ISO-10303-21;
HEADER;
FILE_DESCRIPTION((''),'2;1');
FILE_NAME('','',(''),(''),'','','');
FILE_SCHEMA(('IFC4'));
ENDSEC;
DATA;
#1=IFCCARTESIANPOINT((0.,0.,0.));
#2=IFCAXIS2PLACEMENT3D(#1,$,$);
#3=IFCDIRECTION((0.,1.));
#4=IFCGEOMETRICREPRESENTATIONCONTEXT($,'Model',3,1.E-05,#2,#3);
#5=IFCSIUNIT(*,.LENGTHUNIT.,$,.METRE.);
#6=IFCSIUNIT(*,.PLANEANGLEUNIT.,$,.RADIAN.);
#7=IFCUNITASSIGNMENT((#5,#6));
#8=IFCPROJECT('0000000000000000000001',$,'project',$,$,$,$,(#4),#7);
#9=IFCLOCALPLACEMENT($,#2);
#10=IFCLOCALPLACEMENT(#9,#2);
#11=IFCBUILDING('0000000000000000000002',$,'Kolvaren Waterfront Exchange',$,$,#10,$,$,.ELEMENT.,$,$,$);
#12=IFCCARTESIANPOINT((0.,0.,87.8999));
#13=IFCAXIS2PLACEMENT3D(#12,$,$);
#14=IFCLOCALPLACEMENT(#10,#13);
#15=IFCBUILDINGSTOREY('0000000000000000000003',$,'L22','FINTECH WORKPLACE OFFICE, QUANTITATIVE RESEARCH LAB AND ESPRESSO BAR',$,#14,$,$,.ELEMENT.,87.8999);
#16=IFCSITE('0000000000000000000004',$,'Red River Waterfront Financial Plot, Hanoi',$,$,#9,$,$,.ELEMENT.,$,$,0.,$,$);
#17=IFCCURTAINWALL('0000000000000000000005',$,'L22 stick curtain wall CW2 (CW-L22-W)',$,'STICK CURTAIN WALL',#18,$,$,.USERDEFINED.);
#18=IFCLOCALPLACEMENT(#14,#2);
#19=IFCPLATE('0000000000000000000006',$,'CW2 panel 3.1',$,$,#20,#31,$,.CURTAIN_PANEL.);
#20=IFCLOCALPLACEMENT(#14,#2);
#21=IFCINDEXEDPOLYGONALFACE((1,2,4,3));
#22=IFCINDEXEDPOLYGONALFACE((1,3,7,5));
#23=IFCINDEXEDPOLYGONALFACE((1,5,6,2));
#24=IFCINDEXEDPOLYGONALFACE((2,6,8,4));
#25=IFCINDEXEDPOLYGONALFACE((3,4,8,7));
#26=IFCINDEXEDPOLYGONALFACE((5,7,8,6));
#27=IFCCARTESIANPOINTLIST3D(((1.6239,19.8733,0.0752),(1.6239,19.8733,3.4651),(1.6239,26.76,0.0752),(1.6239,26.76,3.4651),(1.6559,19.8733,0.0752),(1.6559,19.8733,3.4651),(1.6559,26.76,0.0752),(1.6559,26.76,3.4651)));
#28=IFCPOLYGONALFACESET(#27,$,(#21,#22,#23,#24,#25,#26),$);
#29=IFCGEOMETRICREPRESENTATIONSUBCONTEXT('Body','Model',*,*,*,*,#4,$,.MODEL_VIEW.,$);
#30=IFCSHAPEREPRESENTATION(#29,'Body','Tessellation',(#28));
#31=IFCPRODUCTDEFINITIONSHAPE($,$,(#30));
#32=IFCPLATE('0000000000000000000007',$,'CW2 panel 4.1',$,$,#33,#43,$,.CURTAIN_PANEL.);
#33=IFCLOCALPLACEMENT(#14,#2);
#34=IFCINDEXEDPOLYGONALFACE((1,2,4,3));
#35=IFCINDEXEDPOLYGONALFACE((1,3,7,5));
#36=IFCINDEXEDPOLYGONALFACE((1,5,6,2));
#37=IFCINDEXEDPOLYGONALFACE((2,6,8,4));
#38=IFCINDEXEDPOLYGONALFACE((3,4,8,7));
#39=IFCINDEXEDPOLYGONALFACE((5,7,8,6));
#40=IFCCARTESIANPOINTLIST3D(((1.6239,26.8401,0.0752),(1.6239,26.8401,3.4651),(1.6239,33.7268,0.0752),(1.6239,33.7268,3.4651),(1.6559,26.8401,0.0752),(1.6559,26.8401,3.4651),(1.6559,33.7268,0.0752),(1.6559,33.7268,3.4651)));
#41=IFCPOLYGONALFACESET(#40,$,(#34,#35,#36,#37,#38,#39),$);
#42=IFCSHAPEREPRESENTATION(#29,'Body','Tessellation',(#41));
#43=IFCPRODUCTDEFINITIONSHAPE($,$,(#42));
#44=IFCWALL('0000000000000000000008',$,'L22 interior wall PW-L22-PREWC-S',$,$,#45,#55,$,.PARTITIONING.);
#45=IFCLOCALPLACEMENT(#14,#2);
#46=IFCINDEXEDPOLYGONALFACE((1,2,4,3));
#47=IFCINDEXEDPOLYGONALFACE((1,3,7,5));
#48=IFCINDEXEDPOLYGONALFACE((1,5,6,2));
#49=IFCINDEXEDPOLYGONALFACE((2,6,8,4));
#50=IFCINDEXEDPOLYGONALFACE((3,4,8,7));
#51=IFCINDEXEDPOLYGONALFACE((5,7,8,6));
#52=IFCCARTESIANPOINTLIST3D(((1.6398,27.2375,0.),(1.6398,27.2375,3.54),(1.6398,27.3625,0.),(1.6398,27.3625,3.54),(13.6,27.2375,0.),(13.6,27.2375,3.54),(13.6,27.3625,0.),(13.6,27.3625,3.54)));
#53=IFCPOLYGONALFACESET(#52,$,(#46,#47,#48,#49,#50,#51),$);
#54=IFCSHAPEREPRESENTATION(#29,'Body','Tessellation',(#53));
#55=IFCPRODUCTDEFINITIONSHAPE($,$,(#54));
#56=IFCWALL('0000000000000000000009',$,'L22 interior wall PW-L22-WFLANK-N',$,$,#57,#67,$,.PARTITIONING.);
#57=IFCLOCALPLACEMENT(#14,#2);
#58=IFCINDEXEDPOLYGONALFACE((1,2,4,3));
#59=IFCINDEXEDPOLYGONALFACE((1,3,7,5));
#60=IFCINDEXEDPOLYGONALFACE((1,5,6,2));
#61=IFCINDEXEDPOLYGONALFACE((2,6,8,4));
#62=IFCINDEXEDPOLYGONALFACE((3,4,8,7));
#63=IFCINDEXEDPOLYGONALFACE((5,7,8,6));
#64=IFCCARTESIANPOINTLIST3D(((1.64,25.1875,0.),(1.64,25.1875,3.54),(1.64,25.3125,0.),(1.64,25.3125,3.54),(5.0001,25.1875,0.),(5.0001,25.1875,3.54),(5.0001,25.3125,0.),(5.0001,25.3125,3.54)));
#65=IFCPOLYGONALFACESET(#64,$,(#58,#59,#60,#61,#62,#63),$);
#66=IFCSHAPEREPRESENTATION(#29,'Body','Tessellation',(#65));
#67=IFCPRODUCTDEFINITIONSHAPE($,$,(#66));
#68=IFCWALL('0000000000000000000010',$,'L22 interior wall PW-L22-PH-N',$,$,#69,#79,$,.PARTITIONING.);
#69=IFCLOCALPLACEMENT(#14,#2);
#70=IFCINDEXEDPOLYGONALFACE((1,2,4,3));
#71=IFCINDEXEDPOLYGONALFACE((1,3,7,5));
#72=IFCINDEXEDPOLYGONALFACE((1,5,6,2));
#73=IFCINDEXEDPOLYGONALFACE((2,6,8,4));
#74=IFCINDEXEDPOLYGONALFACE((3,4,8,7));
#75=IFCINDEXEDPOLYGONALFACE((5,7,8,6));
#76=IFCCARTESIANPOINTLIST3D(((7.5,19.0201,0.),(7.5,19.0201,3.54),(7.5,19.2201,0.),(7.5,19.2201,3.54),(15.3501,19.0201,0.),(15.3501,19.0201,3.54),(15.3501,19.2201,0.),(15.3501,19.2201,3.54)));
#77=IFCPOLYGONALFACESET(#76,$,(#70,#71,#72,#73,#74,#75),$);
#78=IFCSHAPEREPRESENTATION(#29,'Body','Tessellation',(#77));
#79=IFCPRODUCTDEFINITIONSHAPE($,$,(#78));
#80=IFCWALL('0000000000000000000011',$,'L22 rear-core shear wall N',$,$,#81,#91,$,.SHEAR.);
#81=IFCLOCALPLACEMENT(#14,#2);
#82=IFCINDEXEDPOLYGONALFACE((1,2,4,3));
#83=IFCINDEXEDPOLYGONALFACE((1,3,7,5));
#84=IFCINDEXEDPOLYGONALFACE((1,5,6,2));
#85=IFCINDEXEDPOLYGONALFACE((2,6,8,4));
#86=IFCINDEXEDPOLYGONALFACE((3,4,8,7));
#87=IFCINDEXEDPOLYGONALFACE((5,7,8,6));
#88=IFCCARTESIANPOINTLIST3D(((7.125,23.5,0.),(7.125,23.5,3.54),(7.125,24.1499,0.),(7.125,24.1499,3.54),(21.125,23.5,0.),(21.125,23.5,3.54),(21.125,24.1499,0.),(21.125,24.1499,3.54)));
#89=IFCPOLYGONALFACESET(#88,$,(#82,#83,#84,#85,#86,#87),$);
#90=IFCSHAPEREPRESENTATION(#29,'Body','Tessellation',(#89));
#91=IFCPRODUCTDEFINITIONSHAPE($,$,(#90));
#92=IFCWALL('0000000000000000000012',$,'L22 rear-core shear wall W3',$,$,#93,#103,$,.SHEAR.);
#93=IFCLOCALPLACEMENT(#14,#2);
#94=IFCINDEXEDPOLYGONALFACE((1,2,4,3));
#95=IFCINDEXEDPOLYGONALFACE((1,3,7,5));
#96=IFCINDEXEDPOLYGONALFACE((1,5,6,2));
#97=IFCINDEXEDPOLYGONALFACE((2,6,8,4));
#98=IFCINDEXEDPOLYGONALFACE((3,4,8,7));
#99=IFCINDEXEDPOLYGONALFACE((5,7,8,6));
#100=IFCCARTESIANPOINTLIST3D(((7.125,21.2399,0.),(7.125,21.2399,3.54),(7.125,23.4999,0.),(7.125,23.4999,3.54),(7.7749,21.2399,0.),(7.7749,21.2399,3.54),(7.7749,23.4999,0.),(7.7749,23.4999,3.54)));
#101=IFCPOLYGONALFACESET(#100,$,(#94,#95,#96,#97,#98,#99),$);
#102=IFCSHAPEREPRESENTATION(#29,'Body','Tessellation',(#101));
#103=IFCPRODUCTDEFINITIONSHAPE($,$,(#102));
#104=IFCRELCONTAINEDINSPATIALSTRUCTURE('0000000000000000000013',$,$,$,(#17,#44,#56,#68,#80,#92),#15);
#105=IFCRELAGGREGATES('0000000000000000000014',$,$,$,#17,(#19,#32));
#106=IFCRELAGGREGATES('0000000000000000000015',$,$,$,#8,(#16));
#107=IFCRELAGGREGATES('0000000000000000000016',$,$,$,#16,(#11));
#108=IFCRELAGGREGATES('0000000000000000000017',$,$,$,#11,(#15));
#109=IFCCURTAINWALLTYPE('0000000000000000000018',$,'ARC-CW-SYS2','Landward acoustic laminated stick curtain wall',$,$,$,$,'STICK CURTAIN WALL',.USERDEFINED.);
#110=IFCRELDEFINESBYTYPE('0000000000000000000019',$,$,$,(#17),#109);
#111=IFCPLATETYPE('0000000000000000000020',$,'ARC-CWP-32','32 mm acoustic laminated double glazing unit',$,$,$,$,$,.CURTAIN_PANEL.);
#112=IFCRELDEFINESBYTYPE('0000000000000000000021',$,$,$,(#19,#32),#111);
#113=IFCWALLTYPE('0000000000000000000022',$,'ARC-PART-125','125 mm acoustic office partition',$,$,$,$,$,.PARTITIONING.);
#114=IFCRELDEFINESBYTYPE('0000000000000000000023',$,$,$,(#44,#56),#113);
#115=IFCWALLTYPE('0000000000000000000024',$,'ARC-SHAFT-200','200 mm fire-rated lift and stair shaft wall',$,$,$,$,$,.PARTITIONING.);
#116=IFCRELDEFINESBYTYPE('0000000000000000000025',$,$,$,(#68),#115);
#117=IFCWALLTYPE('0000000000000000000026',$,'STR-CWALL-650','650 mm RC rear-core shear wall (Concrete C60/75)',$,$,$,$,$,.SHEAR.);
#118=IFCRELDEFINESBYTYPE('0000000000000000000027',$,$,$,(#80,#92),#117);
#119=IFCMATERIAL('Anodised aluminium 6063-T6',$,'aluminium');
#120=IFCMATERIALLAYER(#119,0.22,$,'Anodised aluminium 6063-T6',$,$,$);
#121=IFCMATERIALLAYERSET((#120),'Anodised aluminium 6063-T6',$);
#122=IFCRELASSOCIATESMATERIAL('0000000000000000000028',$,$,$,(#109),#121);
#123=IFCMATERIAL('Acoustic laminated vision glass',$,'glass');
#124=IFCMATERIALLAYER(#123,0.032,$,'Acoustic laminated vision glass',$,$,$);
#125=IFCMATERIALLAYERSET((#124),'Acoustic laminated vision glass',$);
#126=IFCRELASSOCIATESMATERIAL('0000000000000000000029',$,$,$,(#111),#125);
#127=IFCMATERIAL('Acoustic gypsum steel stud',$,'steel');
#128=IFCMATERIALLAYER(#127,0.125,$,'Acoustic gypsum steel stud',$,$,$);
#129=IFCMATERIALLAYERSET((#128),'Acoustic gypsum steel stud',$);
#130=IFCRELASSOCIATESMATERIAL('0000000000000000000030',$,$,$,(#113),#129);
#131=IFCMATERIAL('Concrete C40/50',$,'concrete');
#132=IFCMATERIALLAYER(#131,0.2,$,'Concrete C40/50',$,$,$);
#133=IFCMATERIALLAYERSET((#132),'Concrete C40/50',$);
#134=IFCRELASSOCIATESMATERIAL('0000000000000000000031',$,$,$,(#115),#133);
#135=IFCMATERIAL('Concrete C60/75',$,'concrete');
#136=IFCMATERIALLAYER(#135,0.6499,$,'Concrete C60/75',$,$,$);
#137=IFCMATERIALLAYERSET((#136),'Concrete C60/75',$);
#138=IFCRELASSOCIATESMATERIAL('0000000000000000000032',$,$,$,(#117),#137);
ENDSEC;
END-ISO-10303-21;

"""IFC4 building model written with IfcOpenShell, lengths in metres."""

from ifc_helpers import new_model, si_unit, direction, frame, frame_2d, origin, origin_with_axes, origin_2d, place, context, subcontext, project, spatial, rectangle, extrude, source, transform, mapped, material, layer, layer_set, type_object, element, aggregate, save


model = new_model("IFC4")

# Units and contexts
model_context = context("Model", 3, precision=1e-05, world=origin(), true_north=direction((0.0, 1.0)))
body_context = subcontext(model_context, "Body", "Model", "MODEL_VIEW")
ifc_project = project(units=[si_unit("LENGTHUNIT", "METRE"), si_unit("PLANEANGLEUNIT", "RADIAN")], contexts=[model_context])

# Site, building, storey
site_placement = place(None, origin())
site = spatial("IfcSite", under=ifc_project, at=site_placement, Name="Red River Waterfront Financial Plot, Hanoi", CompositionType="ELEMENT", RefElevation=0.0)
building_placement = place(site_placement, origin())
building = spatial("IfcBuilding", under=site, at=building_placement, Name="Kolvaren Waterfront Exchange", CompositionType="ELEMENT")
storey_placement = place(building_placement, frame((0.0, 0.0, 87.8999)))
storey = spatial("IfcBuildingStorey", under=building, at=storey_placement, Name="L22", Description="FINTECH WORKPLACE OFFICE, QUANTITATIVE RESEARCH LAB AND ESPRESSO BAR", CompositionType="ELEMENT", Elevation=87.8999)

# Shared definitions
ifc_material_1 = material(Name="Concrete C60/75", Category="concrete")

# Curtain wall, plates
ifc_material_2 = material(Name="Anodised aluminium 6063-T6", Category="aluminium")
ifc_layer_1 = layer(ifc_material_2, 0.22, Name="Anodised aluminium 6063-T6")
ifc_layer_set_1 = layer_set([ifc_layer_1], Name="Anodised aluminium 6063-T6")
curtain_wall_type = type_object("IfcCurtainWallType", Name="ARC-CW-SYS2", Description="Landward acoustic laminated stick curtain wall", ElementType="STICK CURTAIN WALL", PredefinedType="USERDEFINED", material=ifc_layer_set_1)
curtain_wall_placement = place(storey_placement, origin())
curtain_wall = element("IfcCurtainWall", 1, at=curtain_wall_placement, inside=storey, type_object=curtain_wall_type, Name="L22 stick curtain wall CW2 (CW-L22-W)", ObjectType="STICK CURTAIN WALL", PredefinedType="USERDEFINED")
ifc_material_3 = material(Name="Acoustic laminated vision glass", Category="glass")
ifc_layer_2 = layer(ifc_material_3, 0.032, Name="Acoustic laminated vision glass")
ifc_layer_set_2 = layer_set([ifc_layer_2], Name="Acoustic laminated vision glass")
plate_type = type_object("IfcPlateType", Name="ARC-CWP-32", Description="32 mm acoustic laminated double glazing unit", PredefinedType="CURTAIN_PANEL", material=ifc_layer_set_2)
shared_shape_1 = source(origin_with_axes(), body_context, "Body", "SweptSolid", [
    extrude(rectangle(XDim=6.8867, YDim=0.032, at=origin_2d()), origin(), (0.0, 0.0, 1.0), 3.3899),
])
plate_1_placement = place(storey_placement, frame((1.6399, 23.3167, 0.0752), z_axis=(0.0, 0.0, 1.0), x_axis=(0.0, 1.0, 0.0)))
plate_1 = element("IfcPlate", 2, at=plate_1_placement, type_object=plate_type, Name="CW2 panel 3.1", PredefinedType="CURTAIN_PANEL", context=body_context, shape_type="MappedRepresentation", body=[
    mapped(shared_shape_1, transform((0.0, 0.0, 0.0), x_axis=(1.0, 0.0, 0.0), y_axis=(0.0, 1.0, 0.0), z_axis=(0.0, 0.0, 1.0), scale=1.0)),
])
plate_2_placement = place(storey_placement, frame((1.6399, 30.2834, 0.0752), z_axis=(0.0, 0.0, 1.0), x_axis=(0.0, 1.0, 0.0)))
plate_2 = element("IfcPlate", 3, at=plate_2_placement, type_object=plate_type, Name="CW2 panel 4.1", PredefinedType="CURTAIN_PANEL", context=body_context, shape_type="MappedRepresentation", body=[
    mapped(shared_shape_1, transform((0.0, 0.0, 0.0), x_axis=(1.0, 0.0, 0.0), y_axis=(0.0, 1.0, 0.0), z_axis=(0.0, 0.0, 1.0), scale=1.0)),
])
aggregate(curtain_wall, [plate_1, plate_2])

# Walls
ifc_material_4 = material(Name="Acoustic gypsum steel stud", Category="steel")
ifc_layer_3 = layer(ifc_material_4, 0.125, Name="Acoustic gypsum steel stud")
ifc_layer_set_3 = layer_set([ifc_layer_3], Name="Acoustic gypsum steel stud")
wall_type_1 = type_object("IfcWallType", Name="ARC-PART-125", Description="125 mm acoustic office partition", PredefinedType="PARTITIONING", material=ifc_layer_set_3)
wall_1_placement = place(storey_placement, frame((1.6399, 27.3, 0.0), z_axis=(0.0, 0.0, 1.0), x_axis=(1.0, 0.0, 0.0)))
element("IfcWall", 4, at=wall_1_placement, inside=storey, type_object=wall_type_1, Name="L22 interior wall PW-L22-PREWC-S", PredefinedType="PARTITIONING", context=body_context, shape_type="SweptSolid", body=[
    extrude(rectangle(XDim=11.9602, YDim=0.125, at=frame_2d((5.98, 0.0))), origin(), (0.0, 0.0, 1.0), 3.54),
])
wall_2_placement = place(storey_placement, frame((1.6399, 25.25, 0.0), z_axis=(0.0, 0.0, 1.0), x_axis=(1.0, 0.0, 0.0)))
element("IfcWall", 5, at=wall_2_placement, inside=storey, type_object=wall_type_1, Name="L22 interior wall PW-L22-WFLANK-N", PredefinedType="PARTITIONING", context=body_context, shape_type="SweptSolid", body=[
    extrude(rectangle(XDim=3.3601, YDim=0.125, at=frame_2d((1.6802, 0.0))), origin(), (0.0, 0.0, 1.0), 3.54),
])
ifc_material_5 = material(Name="Concrete C40/50", Category="concrete")
ifc_layer_4 = layer(ifc_material_5, 0.2, Name="Concrete C40/50")
ifc_layer_set_4 = layer_set([ifc_layer_4], Name="Concrete C40/50")
wall_type_2 = type_object("IfcWallType", Name="ARC-SHAFT-200", Description="200 mm fire-rated lift and stair shaft wall", PredefinedType="PARTITIONING", material=ifc_layer_set_4)
wall_3_placement = place(storey_placement, frame((7.5, 19.1201, 0.0), z_axis=(0.0, 0.0, 1.0), x_axis=(1.0, 0.0, 0.0)))
element("IfcWall", 6, at=wall_3_placement, inside=storey, type_object=wall_type_2, Name="L22 interior wall PW-L22-PH-N", PredefinedType="PARTITIONING", context=body_context, shape_type="SweptSolid", body=[
    extrude(rectangle(XDim=7.8501, YDim=0.2, at=frame_2d((3.925, 0.0))), origin(), (0.0, 0.0, 1.0), 3.54),
])
ifc_layer_5 = layer(ifc_material_1, 0.6499, Name="Concrete C60/75")
ifc_layer_set_5 = layer_set([ifc_layer_5], Name="Concrete C60/75")
wall_type_3 = type_object("IfcWallType", Name="STR-CWALL-650", Description="650 mm RC rear-core shear wall (Concrete C60/75)", PredefinedType="SHEAR", material=ifc_layer_set_5)
wall_4_placement = place(storey_placement, frame((7.125, 23.825, 0.0), z_axis=(0.0, 0.0, 1.0), x_axis=(1.0, 0.0, 0.0)))
element("IfcWall", 7, at=wall_4_placement, inside=storey, type_object=wall_type_3, Name="L22 rear-core shear wall N", PredefinedType="SHEAR", context=body_context, shape_type="SweptSolid", body=[
    extrude(rectangle(XDim=14.0, YDim=0.6499, at=frame_2d((7.0, 0.0))), origin(), (0.0, 0.0, 1.0), 3.54),
])
wall_5_placement = place(storey_placement, frame((7.45, 21.24, 0.0), z_axis=(0.0, 0.0, 1.0), x_axis=(0.0, 1.0, 0.0)))
element("IfcWall", 8, at=wall_5_placement, inside=storey, type_object=wall_type_3, Name="L22 rear-core shear wall W3", PredefinedType="SHEAR", context=body_context, shape_type="SweptSolid", body=[
    extrude(rectangle(XDim=2.26, YDim=0.6499, at=frame_2d((1.1299, 0.0))), origin(), (0.0, 0.0, 1.0), 3.54),
])

save(model, "model.ifc")
